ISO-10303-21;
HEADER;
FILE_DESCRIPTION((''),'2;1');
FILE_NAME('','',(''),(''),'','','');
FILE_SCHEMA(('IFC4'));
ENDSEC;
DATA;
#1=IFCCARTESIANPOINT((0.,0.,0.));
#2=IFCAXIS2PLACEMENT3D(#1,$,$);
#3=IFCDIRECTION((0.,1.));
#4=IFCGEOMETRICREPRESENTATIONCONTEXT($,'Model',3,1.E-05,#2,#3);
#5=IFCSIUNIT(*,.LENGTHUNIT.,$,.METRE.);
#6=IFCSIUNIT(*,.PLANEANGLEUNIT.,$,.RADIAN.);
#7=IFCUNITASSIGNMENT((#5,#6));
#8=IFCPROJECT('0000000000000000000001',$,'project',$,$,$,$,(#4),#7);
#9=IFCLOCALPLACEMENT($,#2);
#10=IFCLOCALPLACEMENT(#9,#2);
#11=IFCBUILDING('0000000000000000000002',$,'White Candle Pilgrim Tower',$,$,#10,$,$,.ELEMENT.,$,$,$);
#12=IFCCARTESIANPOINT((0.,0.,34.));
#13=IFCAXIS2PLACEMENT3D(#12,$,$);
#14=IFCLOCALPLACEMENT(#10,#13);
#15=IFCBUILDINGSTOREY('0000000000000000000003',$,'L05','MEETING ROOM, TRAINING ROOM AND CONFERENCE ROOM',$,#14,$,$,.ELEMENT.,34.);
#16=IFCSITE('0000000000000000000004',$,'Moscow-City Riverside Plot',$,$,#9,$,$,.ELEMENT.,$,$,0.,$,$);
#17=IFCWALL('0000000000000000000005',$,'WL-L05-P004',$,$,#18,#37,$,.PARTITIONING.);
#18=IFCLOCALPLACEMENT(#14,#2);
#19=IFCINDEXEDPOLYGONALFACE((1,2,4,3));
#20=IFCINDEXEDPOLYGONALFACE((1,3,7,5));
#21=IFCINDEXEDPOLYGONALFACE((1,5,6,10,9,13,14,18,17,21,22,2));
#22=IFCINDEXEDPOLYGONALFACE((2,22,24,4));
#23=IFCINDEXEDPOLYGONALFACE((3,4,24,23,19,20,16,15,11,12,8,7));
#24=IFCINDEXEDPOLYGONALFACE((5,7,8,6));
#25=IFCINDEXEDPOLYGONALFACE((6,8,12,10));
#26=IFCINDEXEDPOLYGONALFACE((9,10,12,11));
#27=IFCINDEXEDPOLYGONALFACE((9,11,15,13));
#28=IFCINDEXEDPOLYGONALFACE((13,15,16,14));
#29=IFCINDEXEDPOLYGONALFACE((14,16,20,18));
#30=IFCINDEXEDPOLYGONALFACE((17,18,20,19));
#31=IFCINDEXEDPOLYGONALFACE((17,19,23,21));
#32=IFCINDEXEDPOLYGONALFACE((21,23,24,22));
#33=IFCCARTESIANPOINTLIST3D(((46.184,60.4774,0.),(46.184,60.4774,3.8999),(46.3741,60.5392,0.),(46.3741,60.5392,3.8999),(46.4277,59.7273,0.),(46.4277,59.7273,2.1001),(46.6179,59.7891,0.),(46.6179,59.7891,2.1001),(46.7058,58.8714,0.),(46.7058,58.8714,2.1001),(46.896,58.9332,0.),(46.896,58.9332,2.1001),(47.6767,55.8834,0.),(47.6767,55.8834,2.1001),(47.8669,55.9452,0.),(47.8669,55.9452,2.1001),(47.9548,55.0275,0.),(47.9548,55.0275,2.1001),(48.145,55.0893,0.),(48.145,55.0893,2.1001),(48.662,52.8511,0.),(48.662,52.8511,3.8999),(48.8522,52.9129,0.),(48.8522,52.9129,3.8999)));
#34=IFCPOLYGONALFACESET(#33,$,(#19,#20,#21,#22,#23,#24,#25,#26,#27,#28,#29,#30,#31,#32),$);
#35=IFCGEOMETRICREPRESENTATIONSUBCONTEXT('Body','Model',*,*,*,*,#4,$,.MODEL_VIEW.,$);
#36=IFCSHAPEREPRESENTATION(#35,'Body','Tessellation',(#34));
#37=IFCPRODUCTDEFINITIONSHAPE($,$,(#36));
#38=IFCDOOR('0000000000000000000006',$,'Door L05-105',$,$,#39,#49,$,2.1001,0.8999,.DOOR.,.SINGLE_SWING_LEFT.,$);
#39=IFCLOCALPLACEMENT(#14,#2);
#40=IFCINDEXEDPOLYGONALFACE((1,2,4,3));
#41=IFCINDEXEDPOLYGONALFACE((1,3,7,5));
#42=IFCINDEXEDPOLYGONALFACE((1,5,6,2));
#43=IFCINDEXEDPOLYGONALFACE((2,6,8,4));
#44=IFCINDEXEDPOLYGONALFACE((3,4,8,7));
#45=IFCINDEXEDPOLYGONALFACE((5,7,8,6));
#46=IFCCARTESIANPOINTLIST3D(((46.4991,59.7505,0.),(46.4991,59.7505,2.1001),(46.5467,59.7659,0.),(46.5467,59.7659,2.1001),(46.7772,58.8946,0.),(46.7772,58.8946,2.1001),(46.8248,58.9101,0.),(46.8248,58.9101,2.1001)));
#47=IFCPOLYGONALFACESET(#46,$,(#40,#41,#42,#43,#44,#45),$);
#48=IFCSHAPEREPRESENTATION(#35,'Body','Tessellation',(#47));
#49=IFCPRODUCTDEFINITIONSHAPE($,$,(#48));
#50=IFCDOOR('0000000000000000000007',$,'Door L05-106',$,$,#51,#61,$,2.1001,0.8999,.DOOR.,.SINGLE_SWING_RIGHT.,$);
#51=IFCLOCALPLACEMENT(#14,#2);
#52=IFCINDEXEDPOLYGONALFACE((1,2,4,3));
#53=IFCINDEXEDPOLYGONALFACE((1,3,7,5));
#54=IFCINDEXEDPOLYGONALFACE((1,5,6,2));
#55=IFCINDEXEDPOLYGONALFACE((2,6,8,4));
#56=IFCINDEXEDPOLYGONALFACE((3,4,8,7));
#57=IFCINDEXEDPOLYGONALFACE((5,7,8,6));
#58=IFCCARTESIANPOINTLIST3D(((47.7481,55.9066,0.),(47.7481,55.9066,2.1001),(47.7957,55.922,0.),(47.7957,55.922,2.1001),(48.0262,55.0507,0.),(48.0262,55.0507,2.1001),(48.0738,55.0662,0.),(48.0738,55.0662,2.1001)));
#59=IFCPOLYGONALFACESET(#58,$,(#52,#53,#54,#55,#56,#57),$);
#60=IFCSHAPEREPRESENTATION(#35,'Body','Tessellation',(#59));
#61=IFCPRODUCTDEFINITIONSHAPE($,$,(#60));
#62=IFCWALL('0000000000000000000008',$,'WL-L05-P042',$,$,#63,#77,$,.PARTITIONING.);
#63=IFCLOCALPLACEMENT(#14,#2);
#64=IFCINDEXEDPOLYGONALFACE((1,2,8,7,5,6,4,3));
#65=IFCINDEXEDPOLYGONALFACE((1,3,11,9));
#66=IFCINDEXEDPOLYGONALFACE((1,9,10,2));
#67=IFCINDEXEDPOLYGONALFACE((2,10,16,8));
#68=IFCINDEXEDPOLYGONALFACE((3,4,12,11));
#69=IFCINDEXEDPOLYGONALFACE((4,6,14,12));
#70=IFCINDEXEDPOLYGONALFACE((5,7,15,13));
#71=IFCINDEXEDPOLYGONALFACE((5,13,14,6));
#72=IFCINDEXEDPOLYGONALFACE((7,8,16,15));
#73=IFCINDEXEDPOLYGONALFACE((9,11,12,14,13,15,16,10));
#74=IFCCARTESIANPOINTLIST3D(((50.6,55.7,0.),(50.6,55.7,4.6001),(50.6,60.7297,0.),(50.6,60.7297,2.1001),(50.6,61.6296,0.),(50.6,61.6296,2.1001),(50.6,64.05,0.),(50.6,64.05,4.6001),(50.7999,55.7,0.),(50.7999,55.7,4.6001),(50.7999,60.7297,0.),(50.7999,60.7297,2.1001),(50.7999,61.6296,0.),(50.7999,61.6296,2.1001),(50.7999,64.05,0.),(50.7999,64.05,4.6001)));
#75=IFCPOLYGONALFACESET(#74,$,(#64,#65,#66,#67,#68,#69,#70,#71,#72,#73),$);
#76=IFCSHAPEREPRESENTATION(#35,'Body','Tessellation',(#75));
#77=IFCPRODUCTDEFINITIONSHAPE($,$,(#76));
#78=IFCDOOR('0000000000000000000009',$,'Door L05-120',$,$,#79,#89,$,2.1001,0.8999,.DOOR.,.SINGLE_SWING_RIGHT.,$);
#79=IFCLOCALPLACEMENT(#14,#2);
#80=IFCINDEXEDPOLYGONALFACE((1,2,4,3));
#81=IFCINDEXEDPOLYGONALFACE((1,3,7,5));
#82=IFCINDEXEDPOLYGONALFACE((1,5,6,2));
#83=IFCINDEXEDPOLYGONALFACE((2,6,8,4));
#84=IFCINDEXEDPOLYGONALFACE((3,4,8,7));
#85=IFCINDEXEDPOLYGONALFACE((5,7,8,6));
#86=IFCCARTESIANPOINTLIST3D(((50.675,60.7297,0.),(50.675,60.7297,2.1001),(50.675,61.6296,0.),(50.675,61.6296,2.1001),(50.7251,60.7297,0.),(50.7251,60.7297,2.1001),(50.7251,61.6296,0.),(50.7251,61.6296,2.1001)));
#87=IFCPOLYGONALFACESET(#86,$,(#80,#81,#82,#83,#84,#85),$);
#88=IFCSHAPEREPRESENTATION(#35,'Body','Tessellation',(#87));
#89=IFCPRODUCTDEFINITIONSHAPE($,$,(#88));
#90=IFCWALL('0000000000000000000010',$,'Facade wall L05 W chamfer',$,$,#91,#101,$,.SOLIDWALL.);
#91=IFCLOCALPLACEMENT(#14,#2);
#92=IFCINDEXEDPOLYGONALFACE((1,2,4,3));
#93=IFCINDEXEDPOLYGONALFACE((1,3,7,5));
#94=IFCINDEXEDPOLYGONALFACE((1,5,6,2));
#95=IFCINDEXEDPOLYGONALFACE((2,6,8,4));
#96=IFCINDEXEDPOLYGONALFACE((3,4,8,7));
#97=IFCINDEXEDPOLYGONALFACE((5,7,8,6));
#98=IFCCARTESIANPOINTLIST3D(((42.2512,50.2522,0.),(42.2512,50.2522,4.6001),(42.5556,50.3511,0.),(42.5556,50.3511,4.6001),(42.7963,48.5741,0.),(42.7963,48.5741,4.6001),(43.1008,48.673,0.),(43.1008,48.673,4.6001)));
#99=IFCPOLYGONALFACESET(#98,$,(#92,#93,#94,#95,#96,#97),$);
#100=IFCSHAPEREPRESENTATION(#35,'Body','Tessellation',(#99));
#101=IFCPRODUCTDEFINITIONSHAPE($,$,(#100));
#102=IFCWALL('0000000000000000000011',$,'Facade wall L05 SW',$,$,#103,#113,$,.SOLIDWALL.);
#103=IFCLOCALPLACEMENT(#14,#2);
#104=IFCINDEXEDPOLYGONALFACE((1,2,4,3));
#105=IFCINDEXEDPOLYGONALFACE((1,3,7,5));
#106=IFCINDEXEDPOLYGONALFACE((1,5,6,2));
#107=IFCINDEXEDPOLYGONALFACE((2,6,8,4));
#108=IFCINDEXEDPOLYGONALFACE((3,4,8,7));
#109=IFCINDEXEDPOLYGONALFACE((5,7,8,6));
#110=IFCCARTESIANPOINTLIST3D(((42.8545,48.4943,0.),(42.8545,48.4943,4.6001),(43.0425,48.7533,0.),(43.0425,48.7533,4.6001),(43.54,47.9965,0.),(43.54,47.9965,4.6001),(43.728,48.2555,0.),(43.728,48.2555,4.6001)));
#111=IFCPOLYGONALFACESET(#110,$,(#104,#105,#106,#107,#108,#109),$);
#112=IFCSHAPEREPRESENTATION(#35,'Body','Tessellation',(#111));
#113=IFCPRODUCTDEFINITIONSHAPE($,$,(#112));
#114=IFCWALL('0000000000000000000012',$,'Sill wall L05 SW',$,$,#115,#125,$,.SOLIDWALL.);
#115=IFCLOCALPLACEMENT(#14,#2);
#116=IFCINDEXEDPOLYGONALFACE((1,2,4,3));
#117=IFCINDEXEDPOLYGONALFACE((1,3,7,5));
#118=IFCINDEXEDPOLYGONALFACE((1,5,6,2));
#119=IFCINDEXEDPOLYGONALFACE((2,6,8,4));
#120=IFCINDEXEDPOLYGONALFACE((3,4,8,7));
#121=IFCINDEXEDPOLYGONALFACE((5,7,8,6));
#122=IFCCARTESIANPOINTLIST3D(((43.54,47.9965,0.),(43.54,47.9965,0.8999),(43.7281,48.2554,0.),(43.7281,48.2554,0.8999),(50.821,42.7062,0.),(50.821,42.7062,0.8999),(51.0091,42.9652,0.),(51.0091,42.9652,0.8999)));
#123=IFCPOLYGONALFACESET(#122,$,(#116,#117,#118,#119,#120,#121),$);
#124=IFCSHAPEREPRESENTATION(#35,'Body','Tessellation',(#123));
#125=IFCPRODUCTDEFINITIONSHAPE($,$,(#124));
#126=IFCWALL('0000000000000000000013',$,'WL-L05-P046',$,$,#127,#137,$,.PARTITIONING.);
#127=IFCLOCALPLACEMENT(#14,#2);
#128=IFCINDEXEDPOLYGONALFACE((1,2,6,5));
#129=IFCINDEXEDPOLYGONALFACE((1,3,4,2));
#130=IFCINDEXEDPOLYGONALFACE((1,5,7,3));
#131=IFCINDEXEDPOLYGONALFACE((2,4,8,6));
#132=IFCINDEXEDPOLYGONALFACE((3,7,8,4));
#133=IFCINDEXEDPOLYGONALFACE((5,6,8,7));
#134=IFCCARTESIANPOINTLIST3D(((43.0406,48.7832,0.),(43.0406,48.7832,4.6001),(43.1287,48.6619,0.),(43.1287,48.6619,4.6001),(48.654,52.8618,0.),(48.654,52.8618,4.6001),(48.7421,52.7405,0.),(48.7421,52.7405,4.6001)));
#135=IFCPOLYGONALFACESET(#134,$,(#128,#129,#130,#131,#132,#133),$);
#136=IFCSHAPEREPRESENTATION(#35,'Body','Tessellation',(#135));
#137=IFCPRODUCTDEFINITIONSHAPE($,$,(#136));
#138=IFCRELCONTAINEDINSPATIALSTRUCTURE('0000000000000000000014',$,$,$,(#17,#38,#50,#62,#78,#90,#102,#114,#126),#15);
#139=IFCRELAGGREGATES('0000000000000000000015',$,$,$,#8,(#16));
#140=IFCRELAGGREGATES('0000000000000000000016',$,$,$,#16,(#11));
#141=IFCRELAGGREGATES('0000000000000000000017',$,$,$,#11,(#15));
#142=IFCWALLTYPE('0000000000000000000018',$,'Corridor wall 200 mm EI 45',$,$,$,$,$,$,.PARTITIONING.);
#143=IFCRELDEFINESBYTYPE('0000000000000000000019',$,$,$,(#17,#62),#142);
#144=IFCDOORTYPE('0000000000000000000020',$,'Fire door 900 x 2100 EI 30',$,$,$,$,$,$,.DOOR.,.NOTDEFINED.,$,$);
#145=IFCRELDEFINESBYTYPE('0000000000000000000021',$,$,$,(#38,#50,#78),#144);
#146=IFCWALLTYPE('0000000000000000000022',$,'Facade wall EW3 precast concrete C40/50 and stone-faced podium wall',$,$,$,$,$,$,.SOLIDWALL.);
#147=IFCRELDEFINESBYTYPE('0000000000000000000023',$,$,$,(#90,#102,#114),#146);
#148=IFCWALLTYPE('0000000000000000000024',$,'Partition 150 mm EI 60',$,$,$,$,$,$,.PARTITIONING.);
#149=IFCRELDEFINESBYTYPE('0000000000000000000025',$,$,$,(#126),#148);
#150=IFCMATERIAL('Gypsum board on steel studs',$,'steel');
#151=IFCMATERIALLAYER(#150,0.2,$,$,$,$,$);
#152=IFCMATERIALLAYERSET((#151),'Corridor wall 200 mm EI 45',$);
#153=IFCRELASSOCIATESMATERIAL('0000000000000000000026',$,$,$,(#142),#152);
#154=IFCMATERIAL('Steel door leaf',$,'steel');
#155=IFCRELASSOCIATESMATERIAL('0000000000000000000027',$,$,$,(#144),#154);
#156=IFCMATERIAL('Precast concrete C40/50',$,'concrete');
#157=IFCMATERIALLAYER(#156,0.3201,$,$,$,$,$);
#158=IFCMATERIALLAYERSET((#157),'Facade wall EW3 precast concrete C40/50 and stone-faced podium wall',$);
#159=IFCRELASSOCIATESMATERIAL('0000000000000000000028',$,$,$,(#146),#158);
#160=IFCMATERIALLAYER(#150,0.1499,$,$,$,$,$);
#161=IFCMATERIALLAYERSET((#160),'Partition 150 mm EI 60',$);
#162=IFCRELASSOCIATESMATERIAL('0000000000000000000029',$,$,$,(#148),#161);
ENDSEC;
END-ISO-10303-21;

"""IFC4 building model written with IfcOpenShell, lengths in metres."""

from ifc_helpers import new_model, si_unit, direction, frame, frame_2d, origin, place, context, subcontext, project, spatial, rectangle, extrude, material, layer, layer_set, type_object, element, fill, save


model = new_model("IFC4")

# Units and contexts
model_context = context("Model", 3, precision=1e-05, world=origin(), true_north=direction((0.0, 1.0)))
body_context = subcontext(model_context, "Body", "Model", "MODEL_VIEW")
ifc_project = project(units=[si_unit("LENGTHUNIT", "METRE"), si_unit("PLANEANGLEUNIT", "RADIAN")], contexts=[model_context])

# Site, building, storey
site_placement = place(None, origin())
site = spatial("IfcSite", under=ifc_project, at=site_placement, Name="Moscow-City Riverside Plot", CompositionType="ELEMENT", RefElevation=0.0)
building_placement = place(site_placement, origin())
building = spatial("IfcBuilding", under=site, at=building_placement, Name="White Candle Pilgrim Tower", CompositionType="ELEMENT")
storey_placement = place(building_placement, frame((0.0, 0.0, 34.0)))
storey = spatial("IfcBuildingStorey", under=building, at=storey_placement, Name="L05", Description="MEETING ROOM, TRAINING ROOM AND CONFERENCE ROOM", CompositionType="ELEMENT", Elevation=34.0)

# Wall, openings, doors
ifc_material_1 = material(Name="Gypsum board on steel studs", Category="steel")
ifc_layer_1 = layer(ifc_material_1, 0.2)
ifc_layer_set_1 = layer_set([ifc_layer_1], Name="Corridor wall 200 mm EI 45")
wall_type_1 = type_object("IfcWallType", Name="Corridor wall 200 mm EI 45", PredefinedType="PARTITIONING", material=ifc_layer_set_1)
wall_1_placement = place(storey_placement, frame((48.7571, 52.8821, 0.0), z_axis=(0.0, 0.0, 1.0), x_axis=(-0.30903, 0.951052, 0.0)))
wall_1 = element("IfcWall", 1, at=wall_1_placement, inside=storey, type_object=wall_type_1, Name="WL-L05-P004", PredefinedType="PARTITIONING", context=body_context, shape_type="SweptSolid", body=[
    extrude(rectangle(XDim=8.0188, YDim=0.2, at=frame_2d((4.0093, 0.0))), origin(), (0.0, 0.0, 1.0), 3.8999),
])
opening_1_placement = place(wall_1_placement, frame((6.3301, 0.0, 0.0)))
opening_1 = element("IfcOpeningElement", 2, at=opening_1_placement, cuts=wall_1, PredefinedType="OPENING", context=body_context, shape_type="SweptSolid", body=[
    extrude(rectangle(XDim=0.8999, YDim=2.1001, at=frame_2d((0.45, 1.05))), frame((0.0, 0.1099, 0.0), z_axis=(0.0, -1.0, 0.0), x_axis=(1.0, 0.0, 0.0)), (0.0, 0.0, 1.0), 0.22),
])
opening_2_placement = place(wall_1_placement, frame((2.2883, 0.0, 0.0)))
opening_2 = element("IfcOpeningElement", 3, at=opening_2_placement, cuts=wall_1, PredefinedType="OPENING", context=body_context, shape_type="SweptSolid", body=[
    extrude(rectangle(XDim=0.8999, YDim=2.1001, at=frame_2d((0.45, 1.05))), frame((0.0, 0.1099, 0.0), z_axis=(0.0, -1.0, 0.0), x_axis=(1.0, 0.0, 0.0)), (0.0, 0.0, 1.0), 0.22),
])
ifc_material_2 = material(Name="Steel door leaf", Category="steel")
door_type = type_object("IfcDoorType", Name="Fire door 900 x 2100 EI 30", OperationType="NOTDEFINED", PredefinedType="DOOR", material=ifc_material_2)
door_1_placement = place(opening_1_placement, origin())
door_1 = element("IfcDoor", 4, at=door_1_placement, inside=storey, type_object=door_type, Name="Door L05-105", OperationType="SINGLE_SWING_LEFT", OverallHeight=2.1001, OverallWidth=0.8999, PredefinedType="DOOR", context=body_context, shape_type="SweptSolid", body=[
    extrude(rectangle(XDim=0.8999, YDim=2.1001, at=frame_2d((0.45, 1.05))), frame((0.0, 0.0249, 0.0), z_axis=(0.0, -1.0, 0.0), x_axis=(1.0, 0.0, 0.0)), (0.0, 0.0, 1.0), 0.05),
])
fill(opening_1, door_1)
door_2_placement = place(opening_2_placement, origin())
door_2 = element("IfcDoor", 5, at=door_2_placement, inside=storey, type_object=door_type, Name="Door L05-106", OperationType="SINGLE_SWING_RIGHT", OverallHeight=2.1001, OverallWidth=0.8999, PredefinedType="DOOR", context=body_context, shape_type="SweptSolid", body=[
    extrude(rectangle(XDim=0.8999, YDim=2.1001, at=frame_2d((0.45, 1.05))), frame((0.0, 0.0249, 0.0), z_axis=(0.0, -1.0, 0.0), x_axis=(1.0, 0.0, 0.0)), (0.0, 0.0, 1.0), 0.05),
])
fill(opening_2, door_2)

# Wall, opening, door
wall_2_placement = place(storey_placement, frame((50.7, 55.7, 0.0), z_axis=(0.0, 0.0, 1.0), x_axis=(0.0, 1.0, 0.0)))
wall_2 = element("IfcWall", 6, at=wall_2_placement, inside=storey, type_object=wall_type_1, Name="WL-L05-P042", PredefinedType="PARTITIONING", context=body_context, shape_type="SweptSolid", body=[
    extrude(rectangle(XDim=8.3501, YDim=0.2, at=frame_2d((4.175, 0.0))), origin(), (0.0, 0.0, 1.0), 4.6001),
])
opening_3_placement = place(wall_2_placement, frame((5.0298, 0.0, 0.0)))
opening_3 = element("IfcOpeningElement", 7, at=opening_3_placement, cuts=wall_2, PredefinedType="OPENING", context=body_context, shape_type="SweptSolid", body=[
    extrude(rectangle(XDim=0.8999, YDim=2.1001, at=frame_2d((0.45, 1.05))), frame((0.0, 0.1099, 0.0), z_axis=(0.0, -1.0, 0.0), x_axis=(1.0, 0.0, 0.0)), (0.0, 0.0, 1.0), 0.22),
])
door_3_placement = place(opening_3_placement, origin())
door_3 = element("IfcDoor", 8, at=door_3_placement, inside=storey, type_object=door_type, Name="Door L05-120", OperationType="SINGLE_SWING_RIGHT", OverallHeight=2.1001, OverallWidth=0.8999, PredefinedType="DOOR", context=body_context, shape_type="SweptSolid", body=[
    extrude(rectangle(XDim=0.8999, YDim=2.1001, at=frame_2d((0.45, 1.05))), frame((0.0, 0.0249, 0.0), z_axis=(0.0, -1.0, 0.0), x_axis=(1.0, 0.0, 0.0)), (0.0, 0.0, 1.0), 0.05),
])
fill(opening_3, door_3)

# Walls
ifc_material_3 = material(Name="Precast concrete C40/50", Category="concrete")
ifc_layer_2 = layer(ifc_material_3, 0.3201)
ifc_layer_set_2 = layer_set([ifc_layer_2], Name="Facade wall EW3 precast concrete C40/50 and stone-faced podium wall")
wall_type_2 = type_object("IfcWallType", Name="Facade wall EW3 precast concrete C40/50 and stone-faced podium wall", PredefinedType="SOLIDWALL", material=ifc_layer_set_2)
wall_3_placement = place(storey_placement, frame((42.4033, 50.3018, 0.0), z_axis=(0.0, 0.0, 1.0), x_axis=(0.308995, -0.951064, 0.0)))
element("IfcWall", 9, at=wall_3_placement, inside=storey, type_object=wall_type_2, Name="Facade wall L05 W chamfer", PredefinedType="SOLIDWALL", context=body_context, shape_type="SweptSolid", body=[
    extrude(rectangle(XDim=1.7644, YDim=0.3201, at=frame_2d((0.8823, 0.0))), origin(), (0.0, 0.0, 1.0), 4.6001),
])
wall_4_placement = place(storey_placement, frame((42.9485, 48.6238, 0.0), z_axis=(0.0, 0.0, 1.0), x_axis=(0.809172, -0.587572, 0.0)))
element("IfcWall", 10, at=wall_4_placement, inside=storey, type_object=wall_type_2, Name="Facade wall L05 SW", PredefinedType="SOLIDWALL", context=body_context, shape_type="SweptSolid", body=[
    extrude(rectangle(XDim=0.8472, YDim=0.3201, at=frame_2d((0.4236, 0.0))), origin(), (0.0, 0.0, 1.0), 4.6001),
])
wall_5_placement = place(storey_placement, frame((43.634, 48.126, 0.0), z_axis=(0.0, 0.0, 1.0), x_axis=(0.809, -0.587809, 0.0)))
element("IfcWall", 11, at=wall_5_placement, inside=storey, type_object=wall_type_2, Name="Sill wall L05 SW", PredefinedType="SOLIDWALL", context=body_context, shape_type="SweptSolid", body=[
    extrude(rectangle(XDim=9.0, YDim=0.3201, at=frame_2d((4.5, 0.0))), origin(), (0.0, 0.0, 1.0), 0.8999),
])
ifc_layer_3 = layer(ifc_material_1, 0.1499)
ifc_layer_set_3 = layer_set([ifc_layer_3], Name="Partition 150 mm EI 60")
wall_type_3 = type_object("IfcWallType", Name="Partition 150 mm EI 60", PredefinedType="PARTITIONING", material=ifc_layer_set_3)
wall_6_placement = place(storey_placement, frame((43.0847, 48.7227, 0.0), z_axis=(0.0, 0.0, 1.0), x_axis=(0.809007, 0.587799, 0.0)))
element("IfcWall", 12, at=wall_6_placement, inside=storey, type_object=wall_type_3, Name="WL-L05-P046", PredefinedType="PARTITIONING", context=body_context, shape_type="SweptSolid", body=[
    extrude(rectangle(XDim=6.9387, YDim=0.1499, at=frame_2d((3.4692, 0.0))), origin(), (0.0, 0.0, 1.0), 4.6001),
])

save(model, "model.ifc")
